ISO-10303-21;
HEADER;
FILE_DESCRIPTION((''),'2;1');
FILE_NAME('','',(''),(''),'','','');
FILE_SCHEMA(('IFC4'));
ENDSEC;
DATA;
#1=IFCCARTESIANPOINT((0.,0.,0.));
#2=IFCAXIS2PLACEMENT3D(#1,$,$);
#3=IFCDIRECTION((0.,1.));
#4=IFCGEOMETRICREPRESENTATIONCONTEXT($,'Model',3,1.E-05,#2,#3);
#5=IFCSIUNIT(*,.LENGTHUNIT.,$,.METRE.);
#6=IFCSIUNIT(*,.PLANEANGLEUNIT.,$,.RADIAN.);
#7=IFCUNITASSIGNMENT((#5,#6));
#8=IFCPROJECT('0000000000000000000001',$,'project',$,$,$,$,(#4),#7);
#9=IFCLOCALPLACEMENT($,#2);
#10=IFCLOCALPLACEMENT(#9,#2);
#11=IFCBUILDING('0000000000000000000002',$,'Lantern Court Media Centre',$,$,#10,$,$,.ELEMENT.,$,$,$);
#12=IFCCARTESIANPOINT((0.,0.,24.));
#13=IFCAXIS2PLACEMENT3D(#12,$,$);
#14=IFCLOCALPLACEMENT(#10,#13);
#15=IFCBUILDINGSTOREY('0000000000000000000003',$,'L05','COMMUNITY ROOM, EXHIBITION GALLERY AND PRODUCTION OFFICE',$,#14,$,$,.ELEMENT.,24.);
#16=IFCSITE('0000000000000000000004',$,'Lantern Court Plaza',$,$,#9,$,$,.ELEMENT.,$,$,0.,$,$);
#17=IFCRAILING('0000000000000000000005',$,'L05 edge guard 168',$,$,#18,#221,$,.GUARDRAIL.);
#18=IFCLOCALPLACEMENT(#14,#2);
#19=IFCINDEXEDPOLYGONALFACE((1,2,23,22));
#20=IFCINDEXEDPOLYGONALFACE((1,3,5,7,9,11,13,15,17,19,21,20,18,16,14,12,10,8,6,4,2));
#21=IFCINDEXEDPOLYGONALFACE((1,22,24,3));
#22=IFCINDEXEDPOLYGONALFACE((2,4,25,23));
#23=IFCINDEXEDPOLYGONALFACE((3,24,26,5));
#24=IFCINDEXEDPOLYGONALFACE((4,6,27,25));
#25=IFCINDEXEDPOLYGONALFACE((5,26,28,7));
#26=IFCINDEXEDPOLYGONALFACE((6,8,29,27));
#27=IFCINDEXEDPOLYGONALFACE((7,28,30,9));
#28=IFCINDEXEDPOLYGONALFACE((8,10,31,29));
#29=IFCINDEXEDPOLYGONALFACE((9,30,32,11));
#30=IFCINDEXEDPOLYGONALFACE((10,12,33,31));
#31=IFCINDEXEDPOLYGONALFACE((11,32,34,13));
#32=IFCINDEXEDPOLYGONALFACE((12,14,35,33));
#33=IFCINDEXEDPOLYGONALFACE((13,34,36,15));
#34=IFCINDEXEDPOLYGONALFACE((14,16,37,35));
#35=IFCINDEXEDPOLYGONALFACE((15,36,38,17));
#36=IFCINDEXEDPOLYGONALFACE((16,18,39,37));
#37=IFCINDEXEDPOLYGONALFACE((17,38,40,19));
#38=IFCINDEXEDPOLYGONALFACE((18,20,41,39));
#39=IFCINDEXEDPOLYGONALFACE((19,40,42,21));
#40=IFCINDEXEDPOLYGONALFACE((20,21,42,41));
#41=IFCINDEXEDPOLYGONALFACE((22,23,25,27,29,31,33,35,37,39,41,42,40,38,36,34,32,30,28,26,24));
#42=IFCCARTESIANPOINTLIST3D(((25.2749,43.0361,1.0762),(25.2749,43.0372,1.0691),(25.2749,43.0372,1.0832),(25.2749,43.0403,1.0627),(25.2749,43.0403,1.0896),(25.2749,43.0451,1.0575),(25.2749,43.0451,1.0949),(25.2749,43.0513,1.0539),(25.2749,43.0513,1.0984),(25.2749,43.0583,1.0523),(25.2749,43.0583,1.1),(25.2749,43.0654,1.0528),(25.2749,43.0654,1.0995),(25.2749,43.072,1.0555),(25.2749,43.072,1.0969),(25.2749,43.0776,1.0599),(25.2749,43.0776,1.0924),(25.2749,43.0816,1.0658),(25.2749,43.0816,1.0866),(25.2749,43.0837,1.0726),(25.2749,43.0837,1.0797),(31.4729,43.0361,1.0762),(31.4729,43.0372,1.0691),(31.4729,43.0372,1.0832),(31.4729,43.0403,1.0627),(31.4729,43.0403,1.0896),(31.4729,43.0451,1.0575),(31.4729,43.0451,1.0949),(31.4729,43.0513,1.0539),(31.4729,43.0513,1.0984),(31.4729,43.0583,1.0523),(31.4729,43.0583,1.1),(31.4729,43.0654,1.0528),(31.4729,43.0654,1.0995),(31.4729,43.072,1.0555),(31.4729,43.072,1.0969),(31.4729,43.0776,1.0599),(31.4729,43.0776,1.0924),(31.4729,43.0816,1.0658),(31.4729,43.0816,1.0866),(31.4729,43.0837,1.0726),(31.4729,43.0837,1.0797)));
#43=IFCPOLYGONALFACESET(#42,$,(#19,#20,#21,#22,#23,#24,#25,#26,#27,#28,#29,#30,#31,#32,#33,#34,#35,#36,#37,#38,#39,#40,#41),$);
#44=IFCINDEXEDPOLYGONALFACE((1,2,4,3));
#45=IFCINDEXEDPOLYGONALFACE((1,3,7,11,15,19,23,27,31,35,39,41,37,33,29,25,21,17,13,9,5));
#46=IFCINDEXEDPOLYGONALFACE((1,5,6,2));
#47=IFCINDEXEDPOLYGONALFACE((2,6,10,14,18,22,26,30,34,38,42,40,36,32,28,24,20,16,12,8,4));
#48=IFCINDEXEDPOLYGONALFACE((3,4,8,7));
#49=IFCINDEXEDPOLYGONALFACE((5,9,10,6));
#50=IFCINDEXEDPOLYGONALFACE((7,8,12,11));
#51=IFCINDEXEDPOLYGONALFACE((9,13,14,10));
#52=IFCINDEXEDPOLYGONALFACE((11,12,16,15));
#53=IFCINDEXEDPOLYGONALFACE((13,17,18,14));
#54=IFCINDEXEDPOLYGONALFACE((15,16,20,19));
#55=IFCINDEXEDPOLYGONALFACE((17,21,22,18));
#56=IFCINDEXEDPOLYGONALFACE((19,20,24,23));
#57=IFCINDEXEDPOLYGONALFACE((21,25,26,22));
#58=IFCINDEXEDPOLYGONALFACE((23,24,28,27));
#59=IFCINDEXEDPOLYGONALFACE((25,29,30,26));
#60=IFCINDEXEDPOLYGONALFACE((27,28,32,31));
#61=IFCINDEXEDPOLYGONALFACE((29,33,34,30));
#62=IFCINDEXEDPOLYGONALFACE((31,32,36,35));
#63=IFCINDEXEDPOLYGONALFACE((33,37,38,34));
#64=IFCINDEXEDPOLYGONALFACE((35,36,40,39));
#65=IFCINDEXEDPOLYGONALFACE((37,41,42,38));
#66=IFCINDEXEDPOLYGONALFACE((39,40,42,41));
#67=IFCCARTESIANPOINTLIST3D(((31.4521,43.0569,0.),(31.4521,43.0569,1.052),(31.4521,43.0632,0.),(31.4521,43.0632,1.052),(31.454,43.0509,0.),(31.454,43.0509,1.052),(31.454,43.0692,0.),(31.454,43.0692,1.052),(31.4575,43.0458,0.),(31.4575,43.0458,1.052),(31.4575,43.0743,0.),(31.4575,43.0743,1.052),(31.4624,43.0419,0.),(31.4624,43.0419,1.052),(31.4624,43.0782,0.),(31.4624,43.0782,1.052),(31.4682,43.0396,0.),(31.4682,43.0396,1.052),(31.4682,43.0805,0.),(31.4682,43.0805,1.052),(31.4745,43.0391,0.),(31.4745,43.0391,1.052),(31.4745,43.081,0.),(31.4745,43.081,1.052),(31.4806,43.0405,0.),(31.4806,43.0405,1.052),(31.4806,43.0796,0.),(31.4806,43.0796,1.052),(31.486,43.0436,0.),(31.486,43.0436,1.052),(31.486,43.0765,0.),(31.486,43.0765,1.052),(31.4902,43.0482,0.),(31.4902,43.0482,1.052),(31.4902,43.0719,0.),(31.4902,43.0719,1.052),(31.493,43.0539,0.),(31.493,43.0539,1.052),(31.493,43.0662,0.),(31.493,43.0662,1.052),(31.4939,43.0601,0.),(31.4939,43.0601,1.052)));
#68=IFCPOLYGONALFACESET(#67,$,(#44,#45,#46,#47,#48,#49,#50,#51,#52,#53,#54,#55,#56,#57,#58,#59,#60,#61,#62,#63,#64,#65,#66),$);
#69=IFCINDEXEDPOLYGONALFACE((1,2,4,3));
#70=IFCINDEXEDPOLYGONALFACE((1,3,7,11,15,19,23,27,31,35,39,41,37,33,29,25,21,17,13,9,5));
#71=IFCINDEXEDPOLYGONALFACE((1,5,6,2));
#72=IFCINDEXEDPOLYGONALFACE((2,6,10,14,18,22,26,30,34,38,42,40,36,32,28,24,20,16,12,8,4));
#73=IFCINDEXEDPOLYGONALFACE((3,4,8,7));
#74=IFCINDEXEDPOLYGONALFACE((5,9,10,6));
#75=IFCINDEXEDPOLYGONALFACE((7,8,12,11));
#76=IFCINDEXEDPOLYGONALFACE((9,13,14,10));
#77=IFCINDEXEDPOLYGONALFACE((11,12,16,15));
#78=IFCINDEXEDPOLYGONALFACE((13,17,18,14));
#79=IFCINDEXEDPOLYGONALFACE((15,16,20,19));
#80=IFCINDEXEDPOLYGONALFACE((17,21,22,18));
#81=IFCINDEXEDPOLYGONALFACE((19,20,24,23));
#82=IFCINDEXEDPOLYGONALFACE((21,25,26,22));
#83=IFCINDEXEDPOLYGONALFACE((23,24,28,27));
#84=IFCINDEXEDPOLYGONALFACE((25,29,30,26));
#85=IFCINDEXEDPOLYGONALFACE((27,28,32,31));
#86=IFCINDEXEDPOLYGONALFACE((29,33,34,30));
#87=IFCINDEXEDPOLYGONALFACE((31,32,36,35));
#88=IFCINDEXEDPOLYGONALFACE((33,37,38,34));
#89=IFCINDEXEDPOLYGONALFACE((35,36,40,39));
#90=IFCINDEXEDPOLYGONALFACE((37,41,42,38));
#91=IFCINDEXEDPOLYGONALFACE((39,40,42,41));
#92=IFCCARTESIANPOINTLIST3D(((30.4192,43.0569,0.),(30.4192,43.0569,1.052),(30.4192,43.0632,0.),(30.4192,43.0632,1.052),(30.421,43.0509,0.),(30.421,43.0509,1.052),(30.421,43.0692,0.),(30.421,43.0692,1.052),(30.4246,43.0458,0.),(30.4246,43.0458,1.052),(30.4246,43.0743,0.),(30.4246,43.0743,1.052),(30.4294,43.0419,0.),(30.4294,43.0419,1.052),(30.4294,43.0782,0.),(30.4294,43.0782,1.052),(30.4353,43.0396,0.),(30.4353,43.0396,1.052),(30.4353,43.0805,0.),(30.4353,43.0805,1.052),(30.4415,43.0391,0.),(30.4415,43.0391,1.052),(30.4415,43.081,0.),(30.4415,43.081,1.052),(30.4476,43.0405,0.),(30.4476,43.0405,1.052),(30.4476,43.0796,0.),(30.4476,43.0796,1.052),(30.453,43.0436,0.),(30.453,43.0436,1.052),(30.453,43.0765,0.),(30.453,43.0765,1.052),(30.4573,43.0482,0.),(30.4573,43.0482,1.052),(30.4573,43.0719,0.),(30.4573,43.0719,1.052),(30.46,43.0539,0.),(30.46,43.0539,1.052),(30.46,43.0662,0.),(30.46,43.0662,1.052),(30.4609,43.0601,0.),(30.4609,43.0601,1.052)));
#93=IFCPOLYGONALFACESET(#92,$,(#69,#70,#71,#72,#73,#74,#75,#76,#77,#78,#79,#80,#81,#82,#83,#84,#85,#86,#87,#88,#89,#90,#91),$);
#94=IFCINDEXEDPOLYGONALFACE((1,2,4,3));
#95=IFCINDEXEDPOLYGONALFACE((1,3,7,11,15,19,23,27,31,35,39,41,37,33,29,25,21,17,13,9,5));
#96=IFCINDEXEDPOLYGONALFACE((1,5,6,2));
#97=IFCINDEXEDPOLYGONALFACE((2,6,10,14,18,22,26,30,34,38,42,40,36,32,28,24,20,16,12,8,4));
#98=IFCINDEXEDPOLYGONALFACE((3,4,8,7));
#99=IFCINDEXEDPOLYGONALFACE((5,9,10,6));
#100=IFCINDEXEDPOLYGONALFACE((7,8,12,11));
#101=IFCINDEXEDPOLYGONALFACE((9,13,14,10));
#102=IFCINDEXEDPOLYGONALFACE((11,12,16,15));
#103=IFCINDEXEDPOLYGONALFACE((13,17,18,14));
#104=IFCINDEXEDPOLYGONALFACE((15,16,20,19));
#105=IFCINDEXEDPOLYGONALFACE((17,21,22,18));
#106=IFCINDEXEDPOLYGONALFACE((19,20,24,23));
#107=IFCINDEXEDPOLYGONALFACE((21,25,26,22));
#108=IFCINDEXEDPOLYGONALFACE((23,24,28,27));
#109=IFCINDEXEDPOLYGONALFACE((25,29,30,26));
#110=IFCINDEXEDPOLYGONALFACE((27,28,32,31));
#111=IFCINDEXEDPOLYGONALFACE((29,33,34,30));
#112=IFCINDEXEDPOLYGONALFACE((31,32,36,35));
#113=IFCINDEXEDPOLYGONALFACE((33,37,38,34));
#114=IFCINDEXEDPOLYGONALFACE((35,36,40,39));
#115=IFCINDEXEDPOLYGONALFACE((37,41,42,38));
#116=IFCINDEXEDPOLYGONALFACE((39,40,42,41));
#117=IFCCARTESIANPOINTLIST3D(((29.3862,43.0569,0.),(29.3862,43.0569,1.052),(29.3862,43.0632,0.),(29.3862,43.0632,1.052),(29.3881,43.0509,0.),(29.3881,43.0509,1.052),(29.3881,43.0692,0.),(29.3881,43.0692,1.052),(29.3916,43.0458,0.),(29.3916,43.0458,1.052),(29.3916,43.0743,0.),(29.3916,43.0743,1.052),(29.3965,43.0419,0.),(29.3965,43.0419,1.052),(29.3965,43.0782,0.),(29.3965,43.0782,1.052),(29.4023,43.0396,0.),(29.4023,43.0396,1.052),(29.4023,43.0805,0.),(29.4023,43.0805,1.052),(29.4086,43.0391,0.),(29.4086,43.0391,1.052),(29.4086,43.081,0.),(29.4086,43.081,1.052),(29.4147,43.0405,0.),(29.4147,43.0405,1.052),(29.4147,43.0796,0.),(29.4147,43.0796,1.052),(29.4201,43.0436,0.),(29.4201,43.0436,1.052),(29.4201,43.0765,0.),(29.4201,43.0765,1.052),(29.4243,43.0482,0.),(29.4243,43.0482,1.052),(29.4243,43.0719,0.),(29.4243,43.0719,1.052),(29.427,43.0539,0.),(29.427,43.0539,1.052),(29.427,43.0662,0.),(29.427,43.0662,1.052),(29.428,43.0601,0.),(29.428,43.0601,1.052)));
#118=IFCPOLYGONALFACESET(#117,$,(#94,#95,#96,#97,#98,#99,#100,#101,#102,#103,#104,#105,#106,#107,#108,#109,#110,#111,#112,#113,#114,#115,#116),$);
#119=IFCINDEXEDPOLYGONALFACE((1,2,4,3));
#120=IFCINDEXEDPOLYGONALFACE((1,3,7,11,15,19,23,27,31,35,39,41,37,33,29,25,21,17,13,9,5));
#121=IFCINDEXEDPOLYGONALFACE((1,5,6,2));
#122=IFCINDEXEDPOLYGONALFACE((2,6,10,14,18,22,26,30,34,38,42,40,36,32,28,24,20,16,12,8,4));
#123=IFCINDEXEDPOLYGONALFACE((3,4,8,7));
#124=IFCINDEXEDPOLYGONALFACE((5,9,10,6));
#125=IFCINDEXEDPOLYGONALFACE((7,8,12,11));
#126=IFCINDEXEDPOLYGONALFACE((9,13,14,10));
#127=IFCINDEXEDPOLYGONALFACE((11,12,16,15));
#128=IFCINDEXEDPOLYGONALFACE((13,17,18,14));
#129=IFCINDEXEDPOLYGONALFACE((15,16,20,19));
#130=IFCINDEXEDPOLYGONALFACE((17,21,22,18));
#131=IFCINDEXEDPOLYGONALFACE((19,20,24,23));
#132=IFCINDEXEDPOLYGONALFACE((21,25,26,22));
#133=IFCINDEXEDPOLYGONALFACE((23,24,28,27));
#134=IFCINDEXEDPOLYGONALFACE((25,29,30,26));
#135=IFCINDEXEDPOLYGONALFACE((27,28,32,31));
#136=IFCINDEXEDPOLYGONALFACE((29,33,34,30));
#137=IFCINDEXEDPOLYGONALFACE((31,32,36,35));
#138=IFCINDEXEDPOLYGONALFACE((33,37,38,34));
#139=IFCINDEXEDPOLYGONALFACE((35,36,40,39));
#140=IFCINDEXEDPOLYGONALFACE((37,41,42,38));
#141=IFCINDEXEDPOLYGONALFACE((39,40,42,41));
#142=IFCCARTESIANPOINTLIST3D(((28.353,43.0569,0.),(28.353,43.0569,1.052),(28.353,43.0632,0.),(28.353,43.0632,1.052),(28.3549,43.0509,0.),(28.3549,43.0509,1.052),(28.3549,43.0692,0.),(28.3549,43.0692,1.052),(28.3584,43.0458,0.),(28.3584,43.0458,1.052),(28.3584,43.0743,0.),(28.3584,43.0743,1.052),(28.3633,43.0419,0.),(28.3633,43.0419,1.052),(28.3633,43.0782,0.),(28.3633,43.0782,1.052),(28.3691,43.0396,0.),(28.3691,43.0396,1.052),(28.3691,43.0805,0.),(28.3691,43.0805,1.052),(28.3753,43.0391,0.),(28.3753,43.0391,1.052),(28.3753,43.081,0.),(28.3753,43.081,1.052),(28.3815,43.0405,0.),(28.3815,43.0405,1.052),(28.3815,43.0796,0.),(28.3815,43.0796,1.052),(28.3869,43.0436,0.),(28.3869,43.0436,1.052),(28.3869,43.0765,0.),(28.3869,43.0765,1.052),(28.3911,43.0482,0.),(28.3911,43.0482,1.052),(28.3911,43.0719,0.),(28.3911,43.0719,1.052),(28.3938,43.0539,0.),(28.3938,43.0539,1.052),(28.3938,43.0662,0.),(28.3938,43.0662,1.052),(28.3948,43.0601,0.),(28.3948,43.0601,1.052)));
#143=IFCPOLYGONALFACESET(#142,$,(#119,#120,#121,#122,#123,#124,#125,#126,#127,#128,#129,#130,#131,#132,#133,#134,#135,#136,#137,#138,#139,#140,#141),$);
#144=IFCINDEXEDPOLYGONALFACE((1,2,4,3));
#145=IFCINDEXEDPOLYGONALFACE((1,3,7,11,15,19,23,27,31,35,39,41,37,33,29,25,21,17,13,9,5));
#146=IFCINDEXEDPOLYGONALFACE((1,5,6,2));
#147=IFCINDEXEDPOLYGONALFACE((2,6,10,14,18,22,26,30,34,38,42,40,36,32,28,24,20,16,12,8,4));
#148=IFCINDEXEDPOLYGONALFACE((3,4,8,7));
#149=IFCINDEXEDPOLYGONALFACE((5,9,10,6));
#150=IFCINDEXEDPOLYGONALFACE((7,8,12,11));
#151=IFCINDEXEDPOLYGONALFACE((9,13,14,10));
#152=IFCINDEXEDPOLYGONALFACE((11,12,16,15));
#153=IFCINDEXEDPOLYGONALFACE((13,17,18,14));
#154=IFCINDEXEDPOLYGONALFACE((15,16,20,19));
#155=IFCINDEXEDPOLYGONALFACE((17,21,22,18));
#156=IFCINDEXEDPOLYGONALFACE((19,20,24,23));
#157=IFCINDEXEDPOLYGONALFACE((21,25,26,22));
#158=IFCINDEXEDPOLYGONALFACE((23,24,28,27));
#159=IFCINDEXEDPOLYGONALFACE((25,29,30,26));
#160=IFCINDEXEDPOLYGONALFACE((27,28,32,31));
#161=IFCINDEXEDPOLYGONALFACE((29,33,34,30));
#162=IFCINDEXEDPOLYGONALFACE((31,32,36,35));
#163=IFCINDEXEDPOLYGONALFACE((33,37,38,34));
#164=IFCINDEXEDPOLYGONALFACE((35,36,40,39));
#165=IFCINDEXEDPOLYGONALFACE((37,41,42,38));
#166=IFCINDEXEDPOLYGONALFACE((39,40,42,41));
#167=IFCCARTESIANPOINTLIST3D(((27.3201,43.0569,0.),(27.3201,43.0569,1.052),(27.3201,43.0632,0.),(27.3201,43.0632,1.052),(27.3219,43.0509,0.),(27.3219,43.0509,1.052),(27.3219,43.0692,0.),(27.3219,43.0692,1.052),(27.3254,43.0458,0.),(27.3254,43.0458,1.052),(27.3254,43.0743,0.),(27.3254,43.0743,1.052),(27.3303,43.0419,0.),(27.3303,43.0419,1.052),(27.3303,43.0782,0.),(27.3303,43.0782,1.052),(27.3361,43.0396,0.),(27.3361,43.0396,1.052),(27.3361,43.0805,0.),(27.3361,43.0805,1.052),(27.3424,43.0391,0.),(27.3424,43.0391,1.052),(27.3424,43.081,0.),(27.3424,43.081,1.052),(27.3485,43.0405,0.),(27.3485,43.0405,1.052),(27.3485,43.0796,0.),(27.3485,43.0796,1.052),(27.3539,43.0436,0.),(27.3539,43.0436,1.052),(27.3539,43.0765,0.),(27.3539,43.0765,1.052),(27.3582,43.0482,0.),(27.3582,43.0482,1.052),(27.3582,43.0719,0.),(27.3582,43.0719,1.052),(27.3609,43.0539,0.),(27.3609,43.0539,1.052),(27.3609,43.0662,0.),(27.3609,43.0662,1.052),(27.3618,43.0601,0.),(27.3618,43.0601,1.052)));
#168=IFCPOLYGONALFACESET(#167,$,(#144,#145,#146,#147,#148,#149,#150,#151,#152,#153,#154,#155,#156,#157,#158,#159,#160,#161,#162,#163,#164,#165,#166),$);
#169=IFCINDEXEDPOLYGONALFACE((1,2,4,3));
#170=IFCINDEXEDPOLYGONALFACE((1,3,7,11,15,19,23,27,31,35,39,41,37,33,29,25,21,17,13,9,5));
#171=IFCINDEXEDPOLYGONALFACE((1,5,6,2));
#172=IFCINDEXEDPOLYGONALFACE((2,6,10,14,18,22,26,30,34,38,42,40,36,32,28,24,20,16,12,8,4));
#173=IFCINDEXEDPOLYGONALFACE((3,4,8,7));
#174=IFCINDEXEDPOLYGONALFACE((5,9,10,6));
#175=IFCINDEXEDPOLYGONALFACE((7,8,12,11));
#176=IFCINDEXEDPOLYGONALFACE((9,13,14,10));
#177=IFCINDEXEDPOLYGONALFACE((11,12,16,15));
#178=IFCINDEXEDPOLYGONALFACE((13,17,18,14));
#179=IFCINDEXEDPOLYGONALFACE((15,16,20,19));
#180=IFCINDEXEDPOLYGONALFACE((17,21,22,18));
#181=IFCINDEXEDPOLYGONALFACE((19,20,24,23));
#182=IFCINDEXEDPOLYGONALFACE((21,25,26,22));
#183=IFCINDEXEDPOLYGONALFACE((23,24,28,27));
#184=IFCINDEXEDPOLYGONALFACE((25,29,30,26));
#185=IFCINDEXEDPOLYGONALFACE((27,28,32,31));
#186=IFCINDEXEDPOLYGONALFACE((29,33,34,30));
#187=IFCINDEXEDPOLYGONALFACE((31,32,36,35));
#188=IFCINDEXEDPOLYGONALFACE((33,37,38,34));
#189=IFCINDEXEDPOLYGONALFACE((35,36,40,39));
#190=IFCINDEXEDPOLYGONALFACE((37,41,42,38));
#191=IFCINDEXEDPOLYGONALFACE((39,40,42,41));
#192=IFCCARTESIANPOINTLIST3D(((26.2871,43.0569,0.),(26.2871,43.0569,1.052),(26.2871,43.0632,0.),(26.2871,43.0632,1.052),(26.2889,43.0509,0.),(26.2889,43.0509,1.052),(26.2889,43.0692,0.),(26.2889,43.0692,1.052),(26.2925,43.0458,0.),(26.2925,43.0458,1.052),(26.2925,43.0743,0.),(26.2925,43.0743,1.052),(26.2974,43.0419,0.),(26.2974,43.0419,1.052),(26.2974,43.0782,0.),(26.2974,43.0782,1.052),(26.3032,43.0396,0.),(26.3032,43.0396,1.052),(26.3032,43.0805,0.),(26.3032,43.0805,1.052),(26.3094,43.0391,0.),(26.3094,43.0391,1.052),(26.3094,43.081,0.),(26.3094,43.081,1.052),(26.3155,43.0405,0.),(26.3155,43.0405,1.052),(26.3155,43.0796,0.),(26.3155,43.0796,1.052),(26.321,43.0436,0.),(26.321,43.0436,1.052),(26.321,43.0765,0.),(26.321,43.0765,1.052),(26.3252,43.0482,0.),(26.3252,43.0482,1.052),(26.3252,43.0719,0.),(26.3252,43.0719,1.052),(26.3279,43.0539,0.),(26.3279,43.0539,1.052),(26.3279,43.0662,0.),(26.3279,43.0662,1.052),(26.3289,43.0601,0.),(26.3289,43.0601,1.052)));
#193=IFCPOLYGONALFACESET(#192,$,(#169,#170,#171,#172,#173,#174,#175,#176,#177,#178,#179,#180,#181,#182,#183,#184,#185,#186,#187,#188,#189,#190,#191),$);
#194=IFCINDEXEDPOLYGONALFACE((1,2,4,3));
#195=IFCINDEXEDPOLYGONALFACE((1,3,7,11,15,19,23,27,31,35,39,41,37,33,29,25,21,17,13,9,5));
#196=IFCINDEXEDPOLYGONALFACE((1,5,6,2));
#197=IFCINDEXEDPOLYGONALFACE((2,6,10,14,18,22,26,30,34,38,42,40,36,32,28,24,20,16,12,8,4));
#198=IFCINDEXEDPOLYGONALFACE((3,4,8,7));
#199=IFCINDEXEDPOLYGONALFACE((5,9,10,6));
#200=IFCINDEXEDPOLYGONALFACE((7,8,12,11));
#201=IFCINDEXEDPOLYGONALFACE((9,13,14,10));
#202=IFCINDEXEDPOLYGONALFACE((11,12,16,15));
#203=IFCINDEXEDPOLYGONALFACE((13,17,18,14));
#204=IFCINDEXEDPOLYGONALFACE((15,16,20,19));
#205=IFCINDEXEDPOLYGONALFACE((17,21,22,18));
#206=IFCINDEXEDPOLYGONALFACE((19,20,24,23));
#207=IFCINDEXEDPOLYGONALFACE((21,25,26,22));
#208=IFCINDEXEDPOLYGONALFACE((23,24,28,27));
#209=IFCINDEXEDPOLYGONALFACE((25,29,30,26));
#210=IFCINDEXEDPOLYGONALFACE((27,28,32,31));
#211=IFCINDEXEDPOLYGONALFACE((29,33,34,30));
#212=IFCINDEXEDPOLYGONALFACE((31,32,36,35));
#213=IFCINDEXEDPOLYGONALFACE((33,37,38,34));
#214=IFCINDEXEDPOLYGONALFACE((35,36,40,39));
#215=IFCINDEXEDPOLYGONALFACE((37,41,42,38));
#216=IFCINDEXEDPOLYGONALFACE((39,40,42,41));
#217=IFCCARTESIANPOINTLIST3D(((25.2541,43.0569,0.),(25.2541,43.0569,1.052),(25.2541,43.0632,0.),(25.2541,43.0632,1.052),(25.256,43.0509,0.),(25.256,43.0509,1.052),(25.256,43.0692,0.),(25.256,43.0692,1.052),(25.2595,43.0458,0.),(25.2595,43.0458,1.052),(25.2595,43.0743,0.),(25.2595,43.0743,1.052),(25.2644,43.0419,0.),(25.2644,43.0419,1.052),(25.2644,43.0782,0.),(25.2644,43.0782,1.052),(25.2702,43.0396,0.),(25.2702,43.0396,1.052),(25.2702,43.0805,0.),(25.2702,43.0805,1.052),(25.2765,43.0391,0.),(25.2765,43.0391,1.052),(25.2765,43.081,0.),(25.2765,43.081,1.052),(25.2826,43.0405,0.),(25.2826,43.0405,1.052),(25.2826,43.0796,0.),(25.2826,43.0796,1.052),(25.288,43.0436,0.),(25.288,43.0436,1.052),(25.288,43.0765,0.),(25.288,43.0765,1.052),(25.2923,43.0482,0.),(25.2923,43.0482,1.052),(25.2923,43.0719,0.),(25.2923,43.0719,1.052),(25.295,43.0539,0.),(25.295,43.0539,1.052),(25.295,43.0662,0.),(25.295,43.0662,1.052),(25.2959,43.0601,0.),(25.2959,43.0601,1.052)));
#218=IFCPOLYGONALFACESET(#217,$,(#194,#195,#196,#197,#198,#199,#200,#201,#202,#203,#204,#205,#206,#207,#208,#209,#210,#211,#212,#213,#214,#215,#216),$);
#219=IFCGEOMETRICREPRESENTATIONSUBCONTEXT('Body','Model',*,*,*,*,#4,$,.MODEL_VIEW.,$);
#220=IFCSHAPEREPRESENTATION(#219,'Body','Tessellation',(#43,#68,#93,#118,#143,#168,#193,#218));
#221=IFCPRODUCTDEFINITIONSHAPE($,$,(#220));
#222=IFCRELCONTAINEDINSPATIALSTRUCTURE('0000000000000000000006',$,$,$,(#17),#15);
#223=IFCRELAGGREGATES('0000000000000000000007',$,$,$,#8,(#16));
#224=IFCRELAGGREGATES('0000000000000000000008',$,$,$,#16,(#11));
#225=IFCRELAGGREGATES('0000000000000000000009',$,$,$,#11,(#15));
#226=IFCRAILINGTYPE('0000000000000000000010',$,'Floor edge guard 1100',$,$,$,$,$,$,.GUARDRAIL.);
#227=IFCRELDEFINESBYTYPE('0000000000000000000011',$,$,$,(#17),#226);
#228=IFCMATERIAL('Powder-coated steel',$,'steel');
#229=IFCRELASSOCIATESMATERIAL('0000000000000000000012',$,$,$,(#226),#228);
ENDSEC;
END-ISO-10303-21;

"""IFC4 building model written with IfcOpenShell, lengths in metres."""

from ifc_helpers import new_model, si_unit, direction, frame, origin, origin_2d, place, context, subcontext, project, spatial, circle, extrude, material, type_object, element, save


model = new_model("IFC4")

# Units and contexts
model_context = context("Model", 3, precision=1e-05, world=origin(), true_north=direction((0.0, 1.0)))
body_context = subcontext(model_context, "Body", "Model", "MODEL_VIEW")
ifc_project = project(units=[si_unit("LENGTHUNIT", "METRE"), si_unit("PLANEANGLEUNIT", "RADIAN")], contexts=[model_context])

# Site, building, storey
site_placement = place(None, origin())
site = spatial("IfcSite", under=ifc_project, at=site_placement, Name="Lantern Court Plaza", CompositionType="ELEMENT", RefElevation=0.0)
building_placement = place(site_placement, origin())
building = spatial("IfcBuilding", under=site, at=building_placement, Name="Lantern Court Media Centre", CompositionType="ELEMENT")
storey_placement = place(building_placement, frame((0.0, 0.0, 24.0)))
storey = spatial("IfcBuildingStorey", under=building, at=storey_placement, Name="L05", Description="COMMUNITY ROOM, EXHIBITION GALLERY AND PRODUCTION OFFICE", CompositionType="ELEMENT", Elevation=24.0)

# Railing
ifc_material_1 = material(Name="Powder-coated steel", Category="steel")
railing_type = type_object("IfcRailingType", Name="Floor edge guard 1100", PredefinedType="GUARDRAIL", material=ifc_material_1)
railing_placement = place(storey_placement, frame((31.4729, 43.0601, 0.0)))
element("IfcRailing", 1, at=railing_placement, inside=storey, type_object=railing_type, Name="L05 edge guard 168", PredefinedType="GUARDRAIL", context=body_context, shape_type="SweptSolid", body=[
    extrude(circle(Radius=0.0239, at=origin_2d()), frame((0.0, 0.0, 1.0762), z_axis=(-1.0, 0.0, 0.0), x_axis=(0.0, -1.0, 0.0)), (0.0, 0.0, 1.0), 6.198),
    extrude(circle(Radius=0.021, at=origin_2d()), origin(), (0.0, 0.0, 1.0), 1.052),
    extrude(circle(Radius=0.021, at=origin_2d()), frame((-1.033, 0.0, 0.0)), (0.0, 0.0, 1.0), 1.052),
    extrude(circle(Radius=0.021, at=origin_2d()), frame((-2.0659, 0.0, 0.0)), (0.0, 0.0, 1.0), 1.052),
    extrude(circle(Radius=0.021, at=origin_2d()), frame((-3.0991, 0.0, 0.0)), (0.0, 0.0, 1.0), 1.052),
    extrude(circle(Radius=0.021, at=origin_2d()), frame((-4.1321, 0.0, 0.0)), (0.0, 0.0, 1.0), 1.052),
    extrude(circle(Radius=0.021, at=origin_2d()), frame((-5.165, 0.0, 0.0)), (0.0, 0.0, 1.0), 1.052),
    extrude(circle(Radius=0.021, at=origin_2d()), frame((-6.198, 0.0, 0.0)), (0.0, 0.0, 1.0), 1.052),
])

save(model, "model.ifc")
